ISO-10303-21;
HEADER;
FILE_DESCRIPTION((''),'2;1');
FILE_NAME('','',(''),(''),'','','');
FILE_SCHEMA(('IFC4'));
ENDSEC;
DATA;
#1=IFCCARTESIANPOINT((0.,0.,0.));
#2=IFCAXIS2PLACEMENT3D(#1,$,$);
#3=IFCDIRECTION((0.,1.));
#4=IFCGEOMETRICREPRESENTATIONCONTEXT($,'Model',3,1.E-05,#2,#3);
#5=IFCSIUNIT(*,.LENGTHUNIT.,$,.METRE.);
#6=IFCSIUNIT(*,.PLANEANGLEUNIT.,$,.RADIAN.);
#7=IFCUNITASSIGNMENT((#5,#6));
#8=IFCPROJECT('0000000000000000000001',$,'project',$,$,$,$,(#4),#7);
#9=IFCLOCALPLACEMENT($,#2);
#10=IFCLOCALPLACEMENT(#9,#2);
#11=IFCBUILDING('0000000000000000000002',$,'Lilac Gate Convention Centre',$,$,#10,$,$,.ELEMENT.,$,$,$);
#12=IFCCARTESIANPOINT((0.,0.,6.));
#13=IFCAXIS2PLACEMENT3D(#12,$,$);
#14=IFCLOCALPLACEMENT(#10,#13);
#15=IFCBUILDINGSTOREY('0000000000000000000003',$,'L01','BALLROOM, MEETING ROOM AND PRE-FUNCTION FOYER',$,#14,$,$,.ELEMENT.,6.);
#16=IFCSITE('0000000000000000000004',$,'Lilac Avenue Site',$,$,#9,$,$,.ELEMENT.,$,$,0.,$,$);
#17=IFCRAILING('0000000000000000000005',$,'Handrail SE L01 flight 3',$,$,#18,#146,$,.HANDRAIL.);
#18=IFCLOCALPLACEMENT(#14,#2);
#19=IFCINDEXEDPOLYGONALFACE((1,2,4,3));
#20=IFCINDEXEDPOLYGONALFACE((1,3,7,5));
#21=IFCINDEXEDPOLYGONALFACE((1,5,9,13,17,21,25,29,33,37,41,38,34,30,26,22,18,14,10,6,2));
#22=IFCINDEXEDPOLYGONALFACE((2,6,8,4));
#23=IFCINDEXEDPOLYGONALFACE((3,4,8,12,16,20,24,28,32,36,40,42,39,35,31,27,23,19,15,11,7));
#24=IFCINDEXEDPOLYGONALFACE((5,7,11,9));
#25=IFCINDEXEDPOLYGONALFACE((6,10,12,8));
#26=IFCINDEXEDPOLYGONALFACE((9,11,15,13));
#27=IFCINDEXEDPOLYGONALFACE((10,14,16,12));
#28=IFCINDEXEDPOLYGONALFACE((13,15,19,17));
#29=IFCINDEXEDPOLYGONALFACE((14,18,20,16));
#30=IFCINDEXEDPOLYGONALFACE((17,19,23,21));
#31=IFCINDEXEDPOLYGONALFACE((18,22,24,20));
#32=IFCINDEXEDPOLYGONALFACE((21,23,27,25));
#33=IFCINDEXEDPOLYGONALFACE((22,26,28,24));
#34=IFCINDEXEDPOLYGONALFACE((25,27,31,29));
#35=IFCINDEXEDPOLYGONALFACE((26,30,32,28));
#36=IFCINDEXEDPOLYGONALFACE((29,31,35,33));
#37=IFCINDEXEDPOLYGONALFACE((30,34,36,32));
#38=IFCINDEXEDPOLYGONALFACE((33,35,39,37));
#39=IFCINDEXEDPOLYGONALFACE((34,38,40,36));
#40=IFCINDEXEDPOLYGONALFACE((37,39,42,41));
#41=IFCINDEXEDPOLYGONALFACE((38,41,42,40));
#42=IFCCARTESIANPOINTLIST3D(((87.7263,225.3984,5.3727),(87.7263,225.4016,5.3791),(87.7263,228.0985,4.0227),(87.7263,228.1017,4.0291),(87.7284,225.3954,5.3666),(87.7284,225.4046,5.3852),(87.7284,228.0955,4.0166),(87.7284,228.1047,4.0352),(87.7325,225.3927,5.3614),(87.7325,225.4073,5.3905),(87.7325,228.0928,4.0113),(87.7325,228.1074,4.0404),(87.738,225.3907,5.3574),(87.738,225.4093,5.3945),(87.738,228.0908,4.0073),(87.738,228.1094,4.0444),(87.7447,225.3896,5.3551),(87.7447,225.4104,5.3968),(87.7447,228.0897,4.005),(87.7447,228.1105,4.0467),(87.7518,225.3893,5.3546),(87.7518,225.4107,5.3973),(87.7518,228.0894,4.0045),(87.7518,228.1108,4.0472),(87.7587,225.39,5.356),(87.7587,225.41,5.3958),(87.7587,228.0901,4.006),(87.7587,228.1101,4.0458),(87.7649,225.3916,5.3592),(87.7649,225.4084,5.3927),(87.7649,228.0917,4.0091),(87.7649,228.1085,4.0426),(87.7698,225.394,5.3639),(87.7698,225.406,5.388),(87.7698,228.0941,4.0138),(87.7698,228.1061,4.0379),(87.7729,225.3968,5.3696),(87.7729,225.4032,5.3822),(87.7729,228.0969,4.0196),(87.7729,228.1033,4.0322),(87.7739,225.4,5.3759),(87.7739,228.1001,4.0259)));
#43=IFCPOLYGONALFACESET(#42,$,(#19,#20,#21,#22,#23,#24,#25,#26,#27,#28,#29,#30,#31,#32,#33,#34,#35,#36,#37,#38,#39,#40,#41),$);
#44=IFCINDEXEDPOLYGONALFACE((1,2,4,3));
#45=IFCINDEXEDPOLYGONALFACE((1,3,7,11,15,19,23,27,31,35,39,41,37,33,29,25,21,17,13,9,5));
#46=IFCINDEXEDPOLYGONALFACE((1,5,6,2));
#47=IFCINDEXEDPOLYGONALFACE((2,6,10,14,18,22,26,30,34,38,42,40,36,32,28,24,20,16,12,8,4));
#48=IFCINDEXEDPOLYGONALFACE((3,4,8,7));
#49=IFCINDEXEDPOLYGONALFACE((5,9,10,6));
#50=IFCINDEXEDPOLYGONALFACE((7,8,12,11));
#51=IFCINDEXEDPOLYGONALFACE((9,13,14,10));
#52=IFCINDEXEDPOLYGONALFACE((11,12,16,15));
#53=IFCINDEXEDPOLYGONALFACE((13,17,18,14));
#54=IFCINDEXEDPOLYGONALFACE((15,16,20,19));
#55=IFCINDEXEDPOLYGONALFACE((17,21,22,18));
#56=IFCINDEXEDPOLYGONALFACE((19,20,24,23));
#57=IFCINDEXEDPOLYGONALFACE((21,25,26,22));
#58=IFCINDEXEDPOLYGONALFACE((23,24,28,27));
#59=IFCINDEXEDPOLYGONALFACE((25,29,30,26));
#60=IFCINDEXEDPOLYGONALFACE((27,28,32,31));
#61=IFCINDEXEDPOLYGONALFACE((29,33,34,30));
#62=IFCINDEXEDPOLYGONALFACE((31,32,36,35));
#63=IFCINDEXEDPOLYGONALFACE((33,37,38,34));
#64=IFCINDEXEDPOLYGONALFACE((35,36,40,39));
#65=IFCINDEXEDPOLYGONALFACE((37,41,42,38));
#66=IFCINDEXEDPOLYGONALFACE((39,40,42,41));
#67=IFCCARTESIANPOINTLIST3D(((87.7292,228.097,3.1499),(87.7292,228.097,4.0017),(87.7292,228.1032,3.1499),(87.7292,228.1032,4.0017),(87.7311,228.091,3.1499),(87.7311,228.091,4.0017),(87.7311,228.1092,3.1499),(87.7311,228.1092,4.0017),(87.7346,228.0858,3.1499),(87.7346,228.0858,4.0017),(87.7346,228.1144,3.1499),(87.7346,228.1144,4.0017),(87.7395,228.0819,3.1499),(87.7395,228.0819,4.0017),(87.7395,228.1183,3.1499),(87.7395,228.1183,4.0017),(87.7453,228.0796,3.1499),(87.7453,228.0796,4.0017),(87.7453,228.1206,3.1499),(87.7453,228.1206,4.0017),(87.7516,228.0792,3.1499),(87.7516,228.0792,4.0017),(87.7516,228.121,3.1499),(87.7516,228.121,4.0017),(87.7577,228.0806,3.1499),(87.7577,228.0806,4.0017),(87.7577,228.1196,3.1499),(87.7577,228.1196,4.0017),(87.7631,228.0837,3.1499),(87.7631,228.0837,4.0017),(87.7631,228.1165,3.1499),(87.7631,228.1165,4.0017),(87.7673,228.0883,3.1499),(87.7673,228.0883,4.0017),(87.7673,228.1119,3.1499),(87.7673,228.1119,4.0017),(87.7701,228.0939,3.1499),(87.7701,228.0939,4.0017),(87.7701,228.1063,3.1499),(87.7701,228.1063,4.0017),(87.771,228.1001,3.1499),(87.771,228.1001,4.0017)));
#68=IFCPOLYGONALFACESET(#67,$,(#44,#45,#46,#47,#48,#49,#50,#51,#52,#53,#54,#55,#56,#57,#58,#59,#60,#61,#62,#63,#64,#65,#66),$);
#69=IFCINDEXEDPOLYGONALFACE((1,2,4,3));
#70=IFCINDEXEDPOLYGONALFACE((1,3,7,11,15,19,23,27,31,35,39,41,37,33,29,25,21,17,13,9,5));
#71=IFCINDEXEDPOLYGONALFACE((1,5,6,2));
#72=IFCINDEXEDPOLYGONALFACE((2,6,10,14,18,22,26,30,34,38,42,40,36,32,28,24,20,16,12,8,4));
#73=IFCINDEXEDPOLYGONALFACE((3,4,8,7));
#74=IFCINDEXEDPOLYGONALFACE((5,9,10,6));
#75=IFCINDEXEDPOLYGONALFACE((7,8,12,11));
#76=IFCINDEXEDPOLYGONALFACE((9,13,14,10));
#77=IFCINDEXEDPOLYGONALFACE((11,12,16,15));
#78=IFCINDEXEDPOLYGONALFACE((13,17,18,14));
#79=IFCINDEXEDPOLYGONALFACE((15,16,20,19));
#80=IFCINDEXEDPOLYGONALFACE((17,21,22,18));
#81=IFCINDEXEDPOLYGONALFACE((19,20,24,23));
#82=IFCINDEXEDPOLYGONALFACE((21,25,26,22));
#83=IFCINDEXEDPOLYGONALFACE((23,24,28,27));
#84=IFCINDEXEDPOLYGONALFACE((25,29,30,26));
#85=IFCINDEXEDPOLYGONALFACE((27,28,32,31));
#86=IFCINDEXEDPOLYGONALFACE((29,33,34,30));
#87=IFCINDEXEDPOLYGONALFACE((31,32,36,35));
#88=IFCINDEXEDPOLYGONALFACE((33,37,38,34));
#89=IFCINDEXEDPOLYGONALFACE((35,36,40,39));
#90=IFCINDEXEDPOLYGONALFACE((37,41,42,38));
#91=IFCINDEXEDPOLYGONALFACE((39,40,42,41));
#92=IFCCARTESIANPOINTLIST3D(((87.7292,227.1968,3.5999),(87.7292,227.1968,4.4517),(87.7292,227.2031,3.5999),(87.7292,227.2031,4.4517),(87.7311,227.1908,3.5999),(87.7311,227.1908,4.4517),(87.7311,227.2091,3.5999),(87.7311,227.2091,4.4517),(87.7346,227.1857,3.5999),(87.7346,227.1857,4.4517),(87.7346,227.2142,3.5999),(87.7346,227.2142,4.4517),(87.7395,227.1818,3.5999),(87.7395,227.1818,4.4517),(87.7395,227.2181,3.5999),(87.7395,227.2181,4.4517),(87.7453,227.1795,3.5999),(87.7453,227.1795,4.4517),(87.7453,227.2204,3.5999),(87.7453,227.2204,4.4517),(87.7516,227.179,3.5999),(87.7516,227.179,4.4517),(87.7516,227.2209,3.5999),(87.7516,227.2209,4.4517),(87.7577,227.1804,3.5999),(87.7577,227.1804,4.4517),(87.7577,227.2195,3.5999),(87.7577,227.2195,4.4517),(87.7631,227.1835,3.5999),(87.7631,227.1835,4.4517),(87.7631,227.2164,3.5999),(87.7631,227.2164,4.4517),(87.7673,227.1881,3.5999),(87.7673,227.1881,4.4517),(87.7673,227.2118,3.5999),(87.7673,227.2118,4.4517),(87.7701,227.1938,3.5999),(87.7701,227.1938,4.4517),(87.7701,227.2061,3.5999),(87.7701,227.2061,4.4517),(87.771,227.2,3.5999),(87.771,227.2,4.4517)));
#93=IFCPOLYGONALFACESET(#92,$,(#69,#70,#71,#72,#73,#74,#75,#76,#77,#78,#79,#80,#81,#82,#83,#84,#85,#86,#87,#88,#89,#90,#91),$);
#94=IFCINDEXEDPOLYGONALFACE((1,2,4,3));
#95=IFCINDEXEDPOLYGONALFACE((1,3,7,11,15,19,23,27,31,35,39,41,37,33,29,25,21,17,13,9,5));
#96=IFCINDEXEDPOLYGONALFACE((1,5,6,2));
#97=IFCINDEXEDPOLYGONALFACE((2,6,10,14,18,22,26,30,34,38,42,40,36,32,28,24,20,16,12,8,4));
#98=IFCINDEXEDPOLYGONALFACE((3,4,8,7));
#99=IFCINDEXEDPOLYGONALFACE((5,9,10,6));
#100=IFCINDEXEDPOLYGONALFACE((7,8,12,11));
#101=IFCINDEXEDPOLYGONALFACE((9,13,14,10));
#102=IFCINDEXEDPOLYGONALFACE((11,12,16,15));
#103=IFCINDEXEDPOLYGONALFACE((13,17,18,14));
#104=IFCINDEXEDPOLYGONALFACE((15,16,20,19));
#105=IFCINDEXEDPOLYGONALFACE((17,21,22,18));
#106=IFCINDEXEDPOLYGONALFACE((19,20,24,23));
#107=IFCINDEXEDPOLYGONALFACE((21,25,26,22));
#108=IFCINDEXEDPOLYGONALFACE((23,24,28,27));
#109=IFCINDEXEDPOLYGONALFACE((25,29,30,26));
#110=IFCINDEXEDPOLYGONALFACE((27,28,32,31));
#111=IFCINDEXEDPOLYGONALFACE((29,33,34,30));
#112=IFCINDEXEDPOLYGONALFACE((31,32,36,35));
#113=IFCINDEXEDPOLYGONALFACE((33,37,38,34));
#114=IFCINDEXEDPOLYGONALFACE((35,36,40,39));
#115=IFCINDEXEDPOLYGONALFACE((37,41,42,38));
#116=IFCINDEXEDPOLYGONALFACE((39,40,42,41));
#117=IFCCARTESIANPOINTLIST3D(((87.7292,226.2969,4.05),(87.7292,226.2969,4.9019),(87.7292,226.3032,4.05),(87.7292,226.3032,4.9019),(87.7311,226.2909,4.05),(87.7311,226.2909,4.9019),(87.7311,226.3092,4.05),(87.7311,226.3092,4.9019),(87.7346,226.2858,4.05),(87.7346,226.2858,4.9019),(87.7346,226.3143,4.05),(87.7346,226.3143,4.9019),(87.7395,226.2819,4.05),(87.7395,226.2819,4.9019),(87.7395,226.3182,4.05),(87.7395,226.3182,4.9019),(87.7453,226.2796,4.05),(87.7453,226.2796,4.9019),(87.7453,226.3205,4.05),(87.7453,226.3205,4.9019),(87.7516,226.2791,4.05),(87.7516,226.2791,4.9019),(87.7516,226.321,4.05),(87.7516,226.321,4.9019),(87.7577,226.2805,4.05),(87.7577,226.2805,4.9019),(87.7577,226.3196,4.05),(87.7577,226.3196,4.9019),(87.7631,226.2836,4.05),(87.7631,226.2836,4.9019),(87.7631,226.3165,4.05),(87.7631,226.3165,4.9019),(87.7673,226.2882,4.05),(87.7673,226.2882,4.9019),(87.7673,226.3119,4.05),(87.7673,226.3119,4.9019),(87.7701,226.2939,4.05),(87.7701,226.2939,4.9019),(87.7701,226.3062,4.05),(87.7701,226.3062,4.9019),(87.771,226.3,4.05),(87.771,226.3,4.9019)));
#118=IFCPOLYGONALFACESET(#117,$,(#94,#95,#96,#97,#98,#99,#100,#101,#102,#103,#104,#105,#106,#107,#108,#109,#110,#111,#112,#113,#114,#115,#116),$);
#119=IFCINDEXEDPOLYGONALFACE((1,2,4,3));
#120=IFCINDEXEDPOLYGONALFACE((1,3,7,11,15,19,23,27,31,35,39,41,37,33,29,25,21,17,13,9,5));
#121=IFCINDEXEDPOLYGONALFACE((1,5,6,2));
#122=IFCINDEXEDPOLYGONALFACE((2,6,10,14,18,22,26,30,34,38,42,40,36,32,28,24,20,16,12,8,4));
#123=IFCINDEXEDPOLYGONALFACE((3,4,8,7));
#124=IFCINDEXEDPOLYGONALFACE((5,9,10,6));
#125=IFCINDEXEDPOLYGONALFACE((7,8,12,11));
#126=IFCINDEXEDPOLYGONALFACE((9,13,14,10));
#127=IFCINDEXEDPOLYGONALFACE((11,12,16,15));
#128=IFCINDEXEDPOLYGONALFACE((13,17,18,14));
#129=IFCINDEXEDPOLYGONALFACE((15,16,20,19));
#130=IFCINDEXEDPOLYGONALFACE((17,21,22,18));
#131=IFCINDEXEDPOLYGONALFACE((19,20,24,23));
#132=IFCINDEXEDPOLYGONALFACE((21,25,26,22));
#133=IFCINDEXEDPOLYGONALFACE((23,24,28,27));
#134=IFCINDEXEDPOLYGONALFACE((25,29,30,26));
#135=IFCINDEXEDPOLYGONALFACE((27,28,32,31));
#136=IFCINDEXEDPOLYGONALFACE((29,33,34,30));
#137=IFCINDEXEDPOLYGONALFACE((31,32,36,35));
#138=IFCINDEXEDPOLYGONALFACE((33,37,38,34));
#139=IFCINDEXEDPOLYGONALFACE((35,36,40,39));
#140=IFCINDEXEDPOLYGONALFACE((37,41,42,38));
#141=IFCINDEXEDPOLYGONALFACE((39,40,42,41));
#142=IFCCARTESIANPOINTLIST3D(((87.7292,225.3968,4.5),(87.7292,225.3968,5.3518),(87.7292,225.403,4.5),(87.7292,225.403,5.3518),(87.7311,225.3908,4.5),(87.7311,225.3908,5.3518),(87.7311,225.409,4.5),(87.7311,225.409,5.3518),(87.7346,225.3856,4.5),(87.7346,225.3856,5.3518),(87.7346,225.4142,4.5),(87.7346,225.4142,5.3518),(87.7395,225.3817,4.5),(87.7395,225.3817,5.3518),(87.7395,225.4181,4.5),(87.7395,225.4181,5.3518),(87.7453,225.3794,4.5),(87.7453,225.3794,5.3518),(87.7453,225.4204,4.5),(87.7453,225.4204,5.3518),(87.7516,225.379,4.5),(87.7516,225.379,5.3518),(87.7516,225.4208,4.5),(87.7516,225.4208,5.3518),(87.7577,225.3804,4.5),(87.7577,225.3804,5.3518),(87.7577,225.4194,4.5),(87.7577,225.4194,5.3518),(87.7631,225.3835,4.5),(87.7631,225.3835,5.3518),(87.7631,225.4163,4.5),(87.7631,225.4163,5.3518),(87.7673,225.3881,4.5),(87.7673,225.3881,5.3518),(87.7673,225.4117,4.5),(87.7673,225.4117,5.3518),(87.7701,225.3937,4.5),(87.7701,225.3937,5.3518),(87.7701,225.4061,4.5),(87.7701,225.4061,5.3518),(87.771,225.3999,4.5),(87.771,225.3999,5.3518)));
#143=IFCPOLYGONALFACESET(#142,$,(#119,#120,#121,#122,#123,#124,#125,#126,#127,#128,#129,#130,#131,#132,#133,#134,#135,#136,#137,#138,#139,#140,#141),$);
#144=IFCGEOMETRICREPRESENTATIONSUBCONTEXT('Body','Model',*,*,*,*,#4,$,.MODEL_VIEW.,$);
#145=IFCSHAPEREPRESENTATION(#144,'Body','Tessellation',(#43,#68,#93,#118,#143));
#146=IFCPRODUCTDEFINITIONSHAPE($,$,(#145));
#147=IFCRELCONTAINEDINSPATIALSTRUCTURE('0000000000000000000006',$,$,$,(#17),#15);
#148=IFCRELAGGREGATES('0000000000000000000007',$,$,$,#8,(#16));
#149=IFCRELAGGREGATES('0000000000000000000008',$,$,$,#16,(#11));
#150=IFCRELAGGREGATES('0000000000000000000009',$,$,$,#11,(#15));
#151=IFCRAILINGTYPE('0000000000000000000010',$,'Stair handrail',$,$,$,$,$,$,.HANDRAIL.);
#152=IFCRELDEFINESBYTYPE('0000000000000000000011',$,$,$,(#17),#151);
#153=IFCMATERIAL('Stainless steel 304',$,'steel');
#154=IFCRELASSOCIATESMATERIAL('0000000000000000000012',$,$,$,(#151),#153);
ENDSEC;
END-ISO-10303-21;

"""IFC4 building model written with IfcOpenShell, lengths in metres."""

from ifc_helpers import new_model, si_unit, direction, frame, origin, origin_2d, place, context, subcontext, project, spatial, circle, extrude, material, type_object, element, save


model = new_model("IFC4")

# Units and contexts
model_context = context("Model", 3, precision=1e-05, world=origin(), true_north=direction((0.0, 1.0)))
body_context = subcontext(model_context, "Body", "Model", "MODEL_VIEW")
ifc_project = project(units=[si_unit("LENGTHUNIT", "METRE"), si_unit("PLANEANGLEUNIT", "RADIAN")], contexts=[model_context])

# Site, building, storey
site_placement = place(None, origin())
site = spatial("IfcSite", under=ifc_project, at=site_placement, Name="Lilac Avenue Site", CompositionType="ELEMENT", RefElevation=0.0)
building_placement = place(site_placement, origin())
building = spatial("IfcBuilding", under=site, at=building_placement, Name="Lilac Gate Convention Centre", CompositionType="ELEMENT")
storey_placement = place(building_placement, frame((0.0, 0.0, 6.0)))
storey = spatial("IfcBuildingStorey", under=building, at=storey_placement, Name="L01", Description="BALLROOM, MEETING ROOM AND PRE-FUNCTION FOYER", CompositionType="ELEMENT", Elevation=6.0)

# Railing
ifc_material_1 = material(Name="Stainless steel 304", Category="steel")
railing_type = type_object("IfcRailingType", Name="Stair handrail", PredefinedType="HANDRAIL", material=ifc_material_1)
for number, where, name in (
    (1, (87.75, 228.1001, 3.1499), "Handrail SE L01 flight 3"),
):
    element("IfcRailing", number, at=place(storey_placement, frame(where)), inside=storey, type_object=railing_type, Name=name, PredefinedType="HANDRAIL", context=body_context, shape_type="SweptSolid", body=[
        extrude(circle(Radius=0.0239, at=origin_2d()), frame((0.0, 0.0, 0.876), z_axis=(0.0, -0.894427, 0.447214), x_axis=(1.0, 0.0, 0.0)), (0.0, 0.0, 1.0), 3.0188),
        extrude(circle(Radius=0.021, at=origin_2d()), origin(), (0.0, 0.0, 1.0), 0.8518),
        extrude(circle(Radius=0.021, at=origin_2d()), frame((0.0, -0.9001, 0.45)), (0.0, 0.0, 1.0), 0.8518),
        extrude(circle(Radius=0.021, at=origin_2d()), frame((0.0, -1.8, 0.9001)), (0.0, 0.0, 1.0), 0.8518),
        extrude(circle(Radius=0.021, at=origin_2d()), frame((0.0, -2.7002, 1.3501)), (0.0, 0.0, 1.0), 0.8518),
    ])

save(model, "model.ifc")
